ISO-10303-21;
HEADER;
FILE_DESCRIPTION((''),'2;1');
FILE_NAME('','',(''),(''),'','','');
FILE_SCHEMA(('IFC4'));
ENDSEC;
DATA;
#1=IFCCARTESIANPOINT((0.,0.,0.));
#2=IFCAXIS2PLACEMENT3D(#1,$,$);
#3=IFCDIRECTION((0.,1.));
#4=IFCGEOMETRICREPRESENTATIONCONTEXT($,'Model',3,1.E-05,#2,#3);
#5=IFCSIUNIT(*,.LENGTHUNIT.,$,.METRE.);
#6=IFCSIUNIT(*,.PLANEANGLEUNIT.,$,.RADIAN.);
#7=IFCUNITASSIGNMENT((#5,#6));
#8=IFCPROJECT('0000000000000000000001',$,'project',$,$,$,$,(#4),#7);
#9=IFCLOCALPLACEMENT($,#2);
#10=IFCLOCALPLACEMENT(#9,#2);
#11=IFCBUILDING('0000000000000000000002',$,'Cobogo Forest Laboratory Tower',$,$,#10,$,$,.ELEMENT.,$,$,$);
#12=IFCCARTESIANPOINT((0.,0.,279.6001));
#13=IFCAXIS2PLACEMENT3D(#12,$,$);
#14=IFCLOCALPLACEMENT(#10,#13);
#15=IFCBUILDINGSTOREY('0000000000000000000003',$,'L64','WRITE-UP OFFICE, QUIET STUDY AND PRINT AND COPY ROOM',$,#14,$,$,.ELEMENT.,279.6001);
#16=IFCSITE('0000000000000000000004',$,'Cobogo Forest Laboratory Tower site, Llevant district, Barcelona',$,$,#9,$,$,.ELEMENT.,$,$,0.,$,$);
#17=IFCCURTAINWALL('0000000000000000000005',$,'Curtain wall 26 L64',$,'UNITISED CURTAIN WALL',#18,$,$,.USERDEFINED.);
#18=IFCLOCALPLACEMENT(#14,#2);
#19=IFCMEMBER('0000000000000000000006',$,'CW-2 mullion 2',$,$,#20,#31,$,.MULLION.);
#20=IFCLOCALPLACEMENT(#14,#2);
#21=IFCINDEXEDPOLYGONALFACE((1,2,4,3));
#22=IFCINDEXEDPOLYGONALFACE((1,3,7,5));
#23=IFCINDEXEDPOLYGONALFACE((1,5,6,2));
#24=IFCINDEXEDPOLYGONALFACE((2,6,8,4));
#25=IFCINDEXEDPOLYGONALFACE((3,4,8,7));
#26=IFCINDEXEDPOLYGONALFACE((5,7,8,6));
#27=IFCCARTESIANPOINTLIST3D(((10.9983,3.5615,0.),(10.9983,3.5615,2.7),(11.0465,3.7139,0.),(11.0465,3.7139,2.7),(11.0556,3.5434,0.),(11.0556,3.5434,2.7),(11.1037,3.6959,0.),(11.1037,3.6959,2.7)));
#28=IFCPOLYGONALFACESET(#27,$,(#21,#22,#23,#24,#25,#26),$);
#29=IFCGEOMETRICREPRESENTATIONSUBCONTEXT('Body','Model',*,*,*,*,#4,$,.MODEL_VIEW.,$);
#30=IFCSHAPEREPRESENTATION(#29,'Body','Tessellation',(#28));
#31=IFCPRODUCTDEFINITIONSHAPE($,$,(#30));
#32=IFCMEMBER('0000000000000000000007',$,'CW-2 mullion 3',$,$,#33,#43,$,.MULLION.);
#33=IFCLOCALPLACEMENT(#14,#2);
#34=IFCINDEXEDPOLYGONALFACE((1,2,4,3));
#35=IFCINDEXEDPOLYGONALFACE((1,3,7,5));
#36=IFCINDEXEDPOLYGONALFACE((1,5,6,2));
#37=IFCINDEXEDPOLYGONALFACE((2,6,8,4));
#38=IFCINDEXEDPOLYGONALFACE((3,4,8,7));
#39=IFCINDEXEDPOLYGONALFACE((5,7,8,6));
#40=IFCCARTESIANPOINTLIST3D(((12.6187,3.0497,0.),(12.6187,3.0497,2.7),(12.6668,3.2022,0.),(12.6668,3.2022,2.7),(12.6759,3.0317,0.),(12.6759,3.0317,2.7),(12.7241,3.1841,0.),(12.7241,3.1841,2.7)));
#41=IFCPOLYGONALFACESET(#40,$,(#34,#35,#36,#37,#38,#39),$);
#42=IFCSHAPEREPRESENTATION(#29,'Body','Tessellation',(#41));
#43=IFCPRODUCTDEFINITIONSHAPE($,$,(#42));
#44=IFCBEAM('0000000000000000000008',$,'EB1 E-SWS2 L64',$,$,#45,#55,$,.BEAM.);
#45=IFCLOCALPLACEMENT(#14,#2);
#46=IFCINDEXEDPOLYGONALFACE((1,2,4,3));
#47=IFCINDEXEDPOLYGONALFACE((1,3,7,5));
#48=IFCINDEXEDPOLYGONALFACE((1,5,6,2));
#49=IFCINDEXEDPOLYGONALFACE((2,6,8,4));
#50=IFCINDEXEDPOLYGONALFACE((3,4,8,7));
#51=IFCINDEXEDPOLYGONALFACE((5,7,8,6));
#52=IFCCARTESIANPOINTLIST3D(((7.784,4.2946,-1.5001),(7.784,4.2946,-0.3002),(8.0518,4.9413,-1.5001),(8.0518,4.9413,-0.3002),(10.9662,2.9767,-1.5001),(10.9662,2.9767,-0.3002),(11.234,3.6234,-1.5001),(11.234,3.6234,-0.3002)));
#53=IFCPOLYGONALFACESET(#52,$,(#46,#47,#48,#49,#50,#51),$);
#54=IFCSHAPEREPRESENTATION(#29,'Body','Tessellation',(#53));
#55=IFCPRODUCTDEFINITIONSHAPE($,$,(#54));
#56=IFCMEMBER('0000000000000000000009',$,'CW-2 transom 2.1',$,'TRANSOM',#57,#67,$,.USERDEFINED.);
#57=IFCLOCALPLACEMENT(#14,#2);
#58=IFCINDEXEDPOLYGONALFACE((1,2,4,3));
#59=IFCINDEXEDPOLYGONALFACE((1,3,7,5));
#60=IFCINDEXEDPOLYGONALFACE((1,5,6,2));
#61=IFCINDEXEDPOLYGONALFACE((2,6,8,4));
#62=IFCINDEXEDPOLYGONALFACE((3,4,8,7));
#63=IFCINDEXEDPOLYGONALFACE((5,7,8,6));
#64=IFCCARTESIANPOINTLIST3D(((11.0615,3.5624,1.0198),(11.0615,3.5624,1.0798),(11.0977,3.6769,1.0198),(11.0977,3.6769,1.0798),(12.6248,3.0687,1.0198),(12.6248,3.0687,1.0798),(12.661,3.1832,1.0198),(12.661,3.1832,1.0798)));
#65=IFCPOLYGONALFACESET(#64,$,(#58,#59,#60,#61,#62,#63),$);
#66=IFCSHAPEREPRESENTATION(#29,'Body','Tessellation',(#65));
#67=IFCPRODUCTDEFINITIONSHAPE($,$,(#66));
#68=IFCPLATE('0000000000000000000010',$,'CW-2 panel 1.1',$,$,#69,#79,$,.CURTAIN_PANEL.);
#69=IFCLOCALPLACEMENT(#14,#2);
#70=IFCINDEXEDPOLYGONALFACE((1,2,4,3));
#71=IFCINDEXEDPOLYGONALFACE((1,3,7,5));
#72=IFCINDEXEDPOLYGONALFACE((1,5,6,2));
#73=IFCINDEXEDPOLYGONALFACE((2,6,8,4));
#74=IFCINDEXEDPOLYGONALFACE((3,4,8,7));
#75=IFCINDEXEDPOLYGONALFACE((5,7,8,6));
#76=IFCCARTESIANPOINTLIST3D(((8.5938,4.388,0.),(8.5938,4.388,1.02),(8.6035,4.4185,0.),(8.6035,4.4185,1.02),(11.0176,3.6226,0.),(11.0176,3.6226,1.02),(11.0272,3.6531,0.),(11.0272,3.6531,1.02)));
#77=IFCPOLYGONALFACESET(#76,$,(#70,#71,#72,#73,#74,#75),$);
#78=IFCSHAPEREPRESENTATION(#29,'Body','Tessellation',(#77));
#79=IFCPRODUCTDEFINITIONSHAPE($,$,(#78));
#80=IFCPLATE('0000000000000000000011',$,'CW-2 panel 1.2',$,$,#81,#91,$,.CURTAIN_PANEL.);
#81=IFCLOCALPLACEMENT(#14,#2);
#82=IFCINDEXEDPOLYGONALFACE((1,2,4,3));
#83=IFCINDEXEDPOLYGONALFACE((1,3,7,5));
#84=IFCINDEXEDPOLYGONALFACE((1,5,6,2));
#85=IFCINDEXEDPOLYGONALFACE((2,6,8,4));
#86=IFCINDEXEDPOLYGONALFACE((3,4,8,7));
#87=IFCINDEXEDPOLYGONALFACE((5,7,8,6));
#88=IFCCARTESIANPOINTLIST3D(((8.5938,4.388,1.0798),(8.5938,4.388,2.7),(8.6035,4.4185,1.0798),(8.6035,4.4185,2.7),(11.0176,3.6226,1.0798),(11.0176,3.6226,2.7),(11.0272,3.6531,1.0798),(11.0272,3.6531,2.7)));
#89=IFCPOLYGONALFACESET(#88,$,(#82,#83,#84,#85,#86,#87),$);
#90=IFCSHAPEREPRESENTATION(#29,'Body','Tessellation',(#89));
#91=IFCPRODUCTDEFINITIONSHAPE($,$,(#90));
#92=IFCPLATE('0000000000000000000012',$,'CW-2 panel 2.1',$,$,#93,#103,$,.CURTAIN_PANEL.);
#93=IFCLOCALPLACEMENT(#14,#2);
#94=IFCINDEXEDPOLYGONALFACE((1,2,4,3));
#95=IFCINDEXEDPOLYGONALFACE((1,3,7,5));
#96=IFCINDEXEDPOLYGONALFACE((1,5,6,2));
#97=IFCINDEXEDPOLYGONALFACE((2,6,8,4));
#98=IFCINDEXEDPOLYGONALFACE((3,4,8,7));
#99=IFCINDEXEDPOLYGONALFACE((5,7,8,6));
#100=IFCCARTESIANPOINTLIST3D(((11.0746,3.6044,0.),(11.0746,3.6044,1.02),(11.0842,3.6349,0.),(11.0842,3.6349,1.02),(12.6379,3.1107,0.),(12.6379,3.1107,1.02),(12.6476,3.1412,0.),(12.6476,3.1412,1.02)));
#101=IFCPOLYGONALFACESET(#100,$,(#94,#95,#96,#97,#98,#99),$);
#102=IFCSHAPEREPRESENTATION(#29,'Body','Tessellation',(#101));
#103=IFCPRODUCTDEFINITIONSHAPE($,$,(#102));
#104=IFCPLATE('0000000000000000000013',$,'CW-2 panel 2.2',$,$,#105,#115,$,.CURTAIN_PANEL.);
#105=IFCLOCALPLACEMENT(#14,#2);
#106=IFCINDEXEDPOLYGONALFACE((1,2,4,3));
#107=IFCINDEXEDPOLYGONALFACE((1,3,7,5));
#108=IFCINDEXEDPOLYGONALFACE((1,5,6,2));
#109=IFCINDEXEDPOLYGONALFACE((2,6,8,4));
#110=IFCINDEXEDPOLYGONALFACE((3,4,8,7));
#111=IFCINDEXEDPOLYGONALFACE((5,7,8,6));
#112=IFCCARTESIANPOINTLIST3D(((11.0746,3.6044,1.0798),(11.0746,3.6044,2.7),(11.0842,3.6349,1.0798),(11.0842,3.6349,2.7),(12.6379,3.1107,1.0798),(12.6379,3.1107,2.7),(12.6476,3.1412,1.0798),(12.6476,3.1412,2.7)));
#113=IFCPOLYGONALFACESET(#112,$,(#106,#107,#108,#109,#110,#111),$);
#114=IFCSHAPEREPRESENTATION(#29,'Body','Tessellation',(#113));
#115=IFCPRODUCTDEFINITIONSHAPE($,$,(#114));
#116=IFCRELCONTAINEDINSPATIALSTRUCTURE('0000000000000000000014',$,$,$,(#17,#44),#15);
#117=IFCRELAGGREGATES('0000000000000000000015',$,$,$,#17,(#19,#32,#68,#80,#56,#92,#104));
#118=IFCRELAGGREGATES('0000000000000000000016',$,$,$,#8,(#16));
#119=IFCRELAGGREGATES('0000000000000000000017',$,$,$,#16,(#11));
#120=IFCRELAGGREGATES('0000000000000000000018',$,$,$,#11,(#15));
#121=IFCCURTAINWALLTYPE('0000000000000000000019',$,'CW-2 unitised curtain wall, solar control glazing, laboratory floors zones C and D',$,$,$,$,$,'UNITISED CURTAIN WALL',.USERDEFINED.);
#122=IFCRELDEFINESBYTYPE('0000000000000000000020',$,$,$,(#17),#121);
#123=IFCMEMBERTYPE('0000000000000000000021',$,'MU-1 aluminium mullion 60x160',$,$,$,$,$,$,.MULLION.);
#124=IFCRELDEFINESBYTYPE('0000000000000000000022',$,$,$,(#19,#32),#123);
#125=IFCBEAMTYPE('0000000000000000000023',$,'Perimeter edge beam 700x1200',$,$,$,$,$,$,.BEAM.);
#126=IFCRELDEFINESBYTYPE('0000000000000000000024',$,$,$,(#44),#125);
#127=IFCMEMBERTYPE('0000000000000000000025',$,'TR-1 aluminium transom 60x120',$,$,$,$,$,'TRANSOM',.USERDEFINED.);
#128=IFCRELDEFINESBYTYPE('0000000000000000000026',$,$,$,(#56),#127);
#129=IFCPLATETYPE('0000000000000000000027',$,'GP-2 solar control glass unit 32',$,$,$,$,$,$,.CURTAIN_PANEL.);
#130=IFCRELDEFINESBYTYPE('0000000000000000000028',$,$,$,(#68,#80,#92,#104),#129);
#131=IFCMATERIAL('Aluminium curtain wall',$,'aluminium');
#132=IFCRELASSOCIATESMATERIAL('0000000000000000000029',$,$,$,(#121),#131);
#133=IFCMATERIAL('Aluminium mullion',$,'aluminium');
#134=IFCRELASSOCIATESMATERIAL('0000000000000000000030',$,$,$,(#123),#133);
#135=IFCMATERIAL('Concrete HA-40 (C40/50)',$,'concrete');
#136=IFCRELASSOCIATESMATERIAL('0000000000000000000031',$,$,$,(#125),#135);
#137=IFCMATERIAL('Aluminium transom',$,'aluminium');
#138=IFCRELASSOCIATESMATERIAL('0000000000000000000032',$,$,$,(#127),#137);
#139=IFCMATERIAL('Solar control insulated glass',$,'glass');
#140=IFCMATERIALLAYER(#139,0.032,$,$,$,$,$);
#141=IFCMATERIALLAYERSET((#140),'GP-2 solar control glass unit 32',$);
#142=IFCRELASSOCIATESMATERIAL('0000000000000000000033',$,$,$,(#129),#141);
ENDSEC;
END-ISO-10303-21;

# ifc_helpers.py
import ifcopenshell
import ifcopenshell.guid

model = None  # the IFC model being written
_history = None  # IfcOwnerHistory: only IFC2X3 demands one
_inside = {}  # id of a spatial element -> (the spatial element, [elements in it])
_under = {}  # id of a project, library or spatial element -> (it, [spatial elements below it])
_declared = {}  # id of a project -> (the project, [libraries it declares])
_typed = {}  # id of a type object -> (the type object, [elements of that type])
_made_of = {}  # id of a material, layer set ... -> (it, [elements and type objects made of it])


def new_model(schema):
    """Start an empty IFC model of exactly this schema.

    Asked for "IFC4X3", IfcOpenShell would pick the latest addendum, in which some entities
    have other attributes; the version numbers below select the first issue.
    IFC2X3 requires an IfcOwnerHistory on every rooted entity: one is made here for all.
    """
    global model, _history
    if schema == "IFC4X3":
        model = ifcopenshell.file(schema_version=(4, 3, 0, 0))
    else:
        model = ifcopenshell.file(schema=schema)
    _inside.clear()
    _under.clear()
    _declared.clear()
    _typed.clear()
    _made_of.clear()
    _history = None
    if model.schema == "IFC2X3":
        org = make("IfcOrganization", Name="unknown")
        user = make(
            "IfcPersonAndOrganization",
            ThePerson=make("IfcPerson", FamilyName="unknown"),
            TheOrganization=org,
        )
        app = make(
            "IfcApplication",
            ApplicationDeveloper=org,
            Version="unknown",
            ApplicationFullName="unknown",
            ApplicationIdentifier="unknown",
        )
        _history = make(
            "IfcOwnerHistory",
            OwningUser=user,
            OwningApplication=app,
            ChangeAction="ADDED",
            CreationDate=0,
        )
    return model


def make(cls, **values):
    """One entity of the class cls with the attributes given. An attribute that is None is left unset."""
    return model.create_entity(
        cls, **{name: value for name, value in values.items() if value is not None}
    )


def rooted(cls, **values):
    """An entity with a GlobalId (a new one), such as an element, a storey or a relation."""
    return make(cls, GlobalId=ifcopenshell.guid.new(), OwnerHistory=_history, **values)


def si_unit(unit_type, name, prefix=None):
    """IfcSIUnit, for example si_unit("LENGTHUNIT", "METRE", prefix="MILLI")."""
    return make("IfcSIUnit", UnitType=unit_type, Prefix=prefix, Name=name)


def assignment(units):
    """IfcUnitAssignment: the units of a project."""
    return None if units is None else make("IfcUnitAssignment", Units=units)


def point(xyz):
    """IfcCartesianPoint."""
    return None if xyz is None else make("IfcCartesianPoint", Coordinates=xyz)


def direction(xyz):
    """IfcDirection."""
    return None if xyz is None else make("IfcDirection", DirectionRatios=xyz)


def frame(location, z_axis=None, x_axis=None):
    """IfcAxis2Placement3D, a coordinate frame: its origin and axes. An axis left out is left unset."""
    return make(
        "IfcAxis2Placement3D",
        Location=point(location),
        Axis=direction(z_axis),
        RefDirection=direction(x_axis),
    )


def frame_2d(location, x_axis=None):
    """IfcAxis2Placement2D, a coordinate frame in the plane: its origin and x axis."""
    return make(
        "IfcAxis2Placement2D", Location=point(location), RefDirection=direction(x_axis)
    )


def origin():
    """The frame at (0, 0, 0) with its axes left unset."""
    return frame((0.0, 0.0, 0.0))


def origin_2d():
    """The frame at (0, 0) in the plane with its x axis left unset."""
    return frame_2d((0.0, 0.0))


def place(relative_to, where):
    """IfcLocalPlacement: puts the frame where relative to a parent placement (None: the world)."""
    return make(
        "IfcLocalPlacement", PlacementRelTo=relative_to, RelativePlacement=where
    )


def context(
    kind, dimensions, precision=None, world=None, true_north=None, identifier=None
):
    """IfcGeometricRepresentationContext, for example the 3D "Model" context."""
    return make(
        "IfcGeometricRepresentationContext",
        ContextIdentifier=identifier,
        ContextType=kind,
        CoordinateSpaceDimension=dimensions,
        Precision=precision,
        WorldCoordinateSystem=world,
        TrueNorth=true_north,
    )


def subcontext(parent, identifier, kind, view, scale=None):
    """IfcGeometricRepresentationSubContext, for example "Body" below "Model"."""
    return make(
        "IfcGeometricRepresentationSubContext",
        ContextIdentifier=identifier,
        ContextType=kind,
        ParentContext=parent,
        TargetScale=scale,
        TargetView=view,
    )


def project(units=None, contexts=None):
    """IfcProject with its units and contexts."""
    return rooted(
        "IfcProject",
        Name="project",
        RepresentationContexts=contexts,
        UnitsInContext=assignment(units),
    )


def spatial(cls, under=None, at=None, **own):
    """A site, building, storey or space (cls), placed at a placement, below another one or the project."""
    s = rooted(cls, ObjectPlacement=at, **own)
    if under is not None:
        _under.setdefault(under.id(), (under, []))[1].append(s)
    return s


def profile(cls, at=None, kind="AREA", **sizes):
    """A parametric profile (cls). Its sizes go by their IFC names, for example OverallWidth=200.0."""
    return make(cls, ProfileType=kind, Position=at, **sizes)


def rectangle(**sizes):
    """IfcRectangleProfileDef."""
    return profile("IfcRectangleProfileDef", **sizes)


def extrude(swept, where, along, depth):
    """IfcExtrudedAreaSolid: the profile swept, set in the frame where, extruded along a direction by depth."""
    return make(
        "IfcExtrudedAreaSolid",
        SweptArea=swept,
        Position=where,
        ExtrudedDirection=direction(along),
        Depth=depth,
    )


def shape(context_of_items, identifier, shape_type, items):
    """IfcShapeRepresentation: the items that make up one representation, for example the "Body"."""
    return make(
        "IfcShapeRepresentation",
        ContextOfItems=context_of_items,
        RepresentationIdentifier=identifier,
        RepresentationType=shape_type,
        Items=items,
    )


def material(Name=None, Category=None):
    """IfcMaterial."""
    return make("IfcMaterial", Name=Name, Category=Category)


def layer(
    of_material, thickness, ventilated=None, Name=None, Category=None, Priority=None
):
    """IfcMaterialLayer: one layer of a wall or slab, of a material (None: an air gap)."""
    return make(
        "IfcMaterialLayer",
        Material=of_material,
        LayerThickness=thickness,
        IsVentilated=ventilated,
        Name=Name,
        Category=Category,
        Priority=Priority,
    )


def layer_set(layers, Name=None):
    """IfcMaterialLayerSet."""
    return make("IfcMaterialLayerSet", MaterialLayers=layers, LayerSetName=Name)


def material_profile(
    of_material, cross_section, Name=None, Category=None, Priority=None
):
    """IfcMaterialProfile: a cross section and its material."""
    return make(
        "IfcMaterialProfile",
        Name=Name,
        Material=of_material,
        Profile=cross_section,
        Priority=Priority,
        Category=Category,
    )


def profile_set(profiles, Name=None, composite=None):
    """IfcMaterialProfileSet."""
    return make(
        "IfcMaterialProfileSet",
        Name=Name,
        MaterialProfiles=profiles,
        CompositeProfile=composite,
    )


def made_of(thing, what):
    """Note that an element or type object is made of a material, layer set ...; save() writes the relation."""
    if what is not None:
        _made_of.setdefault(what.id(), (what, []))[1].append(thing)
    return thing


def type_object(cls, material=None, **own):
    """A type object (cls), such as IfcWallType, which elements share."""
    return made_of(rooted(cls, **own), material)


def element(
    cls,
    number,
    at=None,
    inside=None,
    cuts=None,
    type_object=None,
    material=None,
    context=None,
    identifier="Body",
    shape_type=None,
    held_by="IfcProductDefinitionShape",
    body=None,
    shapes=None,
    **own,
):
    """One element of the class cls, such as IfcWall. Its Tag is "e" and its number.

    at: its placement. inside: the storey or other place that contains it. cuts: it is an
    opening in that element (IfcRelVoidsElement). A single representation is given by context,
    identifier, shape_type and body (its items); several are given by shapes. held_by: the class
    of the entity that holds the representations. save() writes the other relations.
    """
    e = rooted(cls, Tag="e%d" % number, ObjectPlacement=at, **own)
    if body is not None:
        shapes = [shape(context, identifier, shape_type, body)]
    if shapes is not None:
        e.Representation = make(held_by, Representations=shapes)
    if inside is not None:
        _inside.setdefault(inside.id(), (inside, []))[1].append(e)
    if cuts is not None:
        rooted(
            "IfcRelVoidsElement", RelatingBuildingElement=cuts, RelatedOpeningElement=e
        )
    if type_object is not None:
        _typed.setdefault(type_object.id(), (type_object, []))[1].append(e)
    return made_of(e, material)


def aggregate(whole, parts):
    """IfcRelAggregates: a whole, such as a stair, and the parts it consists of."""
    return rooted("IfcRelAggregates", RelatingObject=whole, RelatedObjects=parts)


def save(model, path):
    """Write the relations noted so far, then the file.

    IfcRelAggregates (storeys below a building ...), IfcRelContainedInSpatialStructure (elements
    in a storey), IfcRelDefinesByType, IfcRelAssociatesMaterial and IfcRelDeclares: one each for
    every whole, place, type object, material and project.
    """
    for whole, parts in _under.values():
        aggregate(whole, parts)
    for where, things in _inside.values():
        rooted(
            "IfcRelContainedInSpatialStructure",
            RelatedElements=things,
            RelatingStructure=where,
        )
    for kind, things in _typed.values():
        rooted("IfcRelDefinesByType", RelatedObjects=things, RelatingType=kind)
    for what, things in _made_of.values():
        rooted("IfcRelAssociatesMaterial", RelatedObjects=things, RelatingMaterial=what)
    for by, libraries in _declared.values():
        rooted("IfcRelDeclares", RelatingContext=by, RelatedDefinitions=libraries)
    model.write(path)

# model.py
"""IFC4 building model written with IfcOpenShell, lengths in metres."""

from ifc_helpers import new_model, si_unit, direction, frame, origin, origin_2d, place, context, subcontext, project, spatial, rectangle, extrude, material, layer, layer_set, material_profile, profile_set, type_object, element, aggregate, save


model = new_model("IFC4")

# Units and contexts
model_context = context("Model", 3, precision=1e-05, world=origin(), true_north=direction((0.0, 1.0)))
body_context = subcontext(model_context, "Body", "Model", "MODEL_VIEW")
ifc_project = project(units=[si_unit("LENGTHUNIT", "METRE"), si_unit("PLANEANGLEUNIT", "RADIAN")], contexts=[model_context])

# Site, building, storey
site_placement = place(None, origin())
site = spatial("IfcSite", under=ifc_project, at=site_placement, Name="Cobogo Forest Laboratory Tower site, Llevant district, Barcelona", CompositionType="ELEMENT", RefElevation=0.0)
building_placement = place(site_placement, origin())
building = spatial("IfcBuilding", under=site, at=building_placement, Name="Cobogo Forest Laboratory Tower", CompositionType="ELEMENT")
storey_placement = place(building_placement, frame((0.0, 0.0, 279.6001)))
storey = spatial("IfcBuildingStorey", under=building, at=storey_placement, Name="L64", Description="WRITE-UP OFFICE, QUIET STUDY AND PRINT AND COPY ROOM", CompositionType="ELEMENT", Elevation=279.6001)

# Curtain wall, members
ifc_material_1 = material(Name="Aluminium curtain wall", Category="aluminium")
curtain_wall_type = type_object("IfcCurtainWallType", Name="CW-2 unitised curtain wall, solar control glazing, laboratory floors zones C and D", ElementType="UNITISED CURTAIN WALL", PredefinedType="USERDEFINED", material=ifc_material_1)
curtain_wall_placement = place(storey_placement, origin())
curtain_wall = element("IfcCurtainWall", 1, at=curtain_wall_placement, inside=storey, type_object=curtain_wall_type, Name="Curtain wall 26 L64", ObjectType="UNITISED CURTAIN WALL", PredefinedType="USERDEFINED")
ifc_material_2 = material(Name="Aluminium mullion", Category="aluminium")
ifc_material_profile_1 = material_profile(ifc_material_2, rectangle(XDim=0.0601, YDim=0.1599, at=origin_2d()), Name="AL 60x160")
ifc_profile_set_1 = profile_set([ifc_material_profile_1], Name="Aluminium mullion")
member_type_1 = type_object("IfcMemberType", Name="MU-1 aluminium mullion 60x160", PredefinedType="MULLION", material=ifc_profile_set_1)
member_1_placement = place(storey_placement, frame((11.051, 3.6287, 0.0), z_axis=(0.0, 0.0, 1.0), x_axis=(0.953581, -0.301135, 0.0)))
member_1 = element("IfcMember", 2, at=member_1_placement, type_object=member_type_1, Name="CW-2 mullion 2", PredefinedType="MULLION", context=body_context, shape_type="SweptSolid", body=[
    extrude(rectangle(XDim=0.0601, YDim=0.1599, at=origin_2d()), origin(), (0.0, 0.0, 1.0), 2.7),
])
member_2_placement = place(storey_placement, frame((12.6714, 3.1169, 0.0), z_axis=(0.0, 0.0, 1.0), x_axis=(0.953581, -0.301135, 0.0)))
member_2 = element("IfcMember", 3, at=member_2_placement, type_object=member_type_1, Name="CW-2 mullion 3", PredefinedType="MULLION", context=body_context, shape_type="SweptSolid", body=[
    extrude(rectangle(XDim=0.0601, YDim=0.1599, at=origin_2d()), origin(), (0.0, 0.0, 1.0), 2.7),
])

# Beam
ifc_material_3 = material(Name="Concrete HA-40 (C40/50)", Category="concrete")
ifc_material_profile_2 = material_profile(ifc_material_3, rectangle(XDim=0.7, YDim=1.2, at=origin_2d()), Name="RC 700x1200")
ifc_profile_set_2 = profile_set([ifc_material_profile_2], Name="Concrete HA-40 (C40/50)")
beam_type = type_object("IfcBeamType", Name="Perimeter edge beam 700x1200", PredefinedType="BEAM", material=ifc_profile_set_2)
beam_placement = place(storey_placement, frame((11.1001, 3.3, -0.9001), z_axis=(-0.923901, 0.382631, 0.0), x_axis=(-0.382631, -0.923901, 0.0)))
element("IfcBeam", 4, at=beam_placement, inside=storey, type_object=beam_type, Name="EB1 E-SWS2 L64", PredefinedType="BEAM", context=body_context, shape_type="SweptSolid", body=[
    extrude(rectangle(XDim=0.7, YDim=1.2, at=origin_2d()), origin(), (0.0, 0.0, 1.0), 3.4443),
])

# Member
ifc_material_4 = material(Name="Aluminium transom", Category="aluminium")
ifc_material_profile_3 = material_profile(ifc_material_4, rectangle(XDim=0.1201, YDim=0.0601, at=origin_2d()), Name="AL 60x120")
ifc_profile_set_3 = profile_set([ifc_material_profile_3], Name="Aluminium transom")
member_type_2 = type_object("IfcMemberType", Name="TR-1 aluminium transom 60x120", ElementType="TRANSOM", PredefinedType="USERDEFINED", material=ifc_profile_set_3)
member_3_placement = place(storey_placement, frame((11.0796, 3.6196, 1.0498), z_axis=(0.953583, -0.301131, 0.0), x_axis=(0.301131, 0.953583, 0.0)))
member_3 = element("IfcMember", 5, at=member_3_placement, type_object=member_type_2, Name="CW-2 transom 2.1", ObjectType="TRANSOM", PredefinedType="USERDEFINED", context=body_context, shape_type="SweptSolid", body=[
    extrude(rectangle(XDim=0.1201, YDim=0.0601, at=origin_2d()), origin(), (0.0, 0.0, 1.0), 1.6394),
])

# Plates
ifc_material_5 = material(Name="Solar control insulated glass", Category="glass")
ifc_layer_1 = layer(ifc_material_5, 0.032)
ifc_layer_set_1 = layer_set([ifc_layer_1], Name="GP-2 solar control glass unit 32")
plate_type = type_object("IfcPlateType", Name="GP-2 solar control glass unit 32", PredefinedType="CURTAIN_PANEL", material=ifc_layer_set_1)
plate_1_placement = place(storey_placement, frame((9.8105, 4.0205, 0.0), z_axis=(0.0, 0.0, 1.0), x_axis=(0.953581, -0.301135, 0.0)))
plate_1 = element("IfcPlate", 6, at=plate_1_placement, type_object=plate_type, Name="CW-2 panel 1.1", PredefinedType="CURTAIN_PANEL", context=body_context, shape_type="SweptSolid", body=[
    extrude(rectangle(XDim=2.5417, YDim=0.032, at=origin_2d()), origin(), (0.0, 0.0, 1.0), 1.02),
])
plate_2_placement = place(storey_placement, frame((9.8105, 4.0205, 1.0798), z_axis=(0.0, 0.0, 1.0), x_axis=(0.953581, -0.301135, 0.0)))
plate_2 = element("IfcPlate", 7, at=plate_2_placement, type_object=plate_type, Name="CW-2 panel 1.2", PredefinedType="CURTAIN_PANEL", context=body_context, shape_type="SweptSolid", body=[
    extrude(rectangle(XDim=2.5417, YDim=0.032, at=origin_2d()), origin(), (0.0, 0.0, 1.0), 1.6201),
])
plate_3_placement = place(storey_placement, frame((11.8611, 3.3728, 0.0), z_axis=(0.0, 0.0, 1.0), x_axis=(0.953581, -0.301135, 0.0)))
plate_3 = element("IfcPlate", 8, at=plate_3_placement, type_object=plate_type, Name="CW-2 panel 2.1", PredefinedType="CURTAIN_PANEL", context=body_context, shape_type="SweptSolid", body=[
    extrude(rectangle(XDim=1.6394, YDim=0.032, at=origin_2d()), origin(), (0.0, 0.0, 1.0), 1.02),
])
plate_4_placement = place(storey_placement, frame((11.8611, 3.3728, 1.0798), z_axis=(0.0, 0.0, 1.0), x_axis=(0.953581, -0.301135, 0.0)))
plate_4 = element("IfcPlate", 9, at=plate_4_placement, type_object=plate_type, Name="CW-2 panel 2.2", PredefinedType="CURTAIN_PANEL", context=body_context, shape_type="SweptSolid", body=[
    extrude(rectangle(XDim=1.6394, YDim=0.032, at=origin_2d()), origin(), (0.0, 0.0, 1.0), 1.6201),
])
aggregate(curtain_wall, [member_1, member_2, plate_1, plate_2, member_3, plate_3, plate_4])

save(model, "model.ifc")
